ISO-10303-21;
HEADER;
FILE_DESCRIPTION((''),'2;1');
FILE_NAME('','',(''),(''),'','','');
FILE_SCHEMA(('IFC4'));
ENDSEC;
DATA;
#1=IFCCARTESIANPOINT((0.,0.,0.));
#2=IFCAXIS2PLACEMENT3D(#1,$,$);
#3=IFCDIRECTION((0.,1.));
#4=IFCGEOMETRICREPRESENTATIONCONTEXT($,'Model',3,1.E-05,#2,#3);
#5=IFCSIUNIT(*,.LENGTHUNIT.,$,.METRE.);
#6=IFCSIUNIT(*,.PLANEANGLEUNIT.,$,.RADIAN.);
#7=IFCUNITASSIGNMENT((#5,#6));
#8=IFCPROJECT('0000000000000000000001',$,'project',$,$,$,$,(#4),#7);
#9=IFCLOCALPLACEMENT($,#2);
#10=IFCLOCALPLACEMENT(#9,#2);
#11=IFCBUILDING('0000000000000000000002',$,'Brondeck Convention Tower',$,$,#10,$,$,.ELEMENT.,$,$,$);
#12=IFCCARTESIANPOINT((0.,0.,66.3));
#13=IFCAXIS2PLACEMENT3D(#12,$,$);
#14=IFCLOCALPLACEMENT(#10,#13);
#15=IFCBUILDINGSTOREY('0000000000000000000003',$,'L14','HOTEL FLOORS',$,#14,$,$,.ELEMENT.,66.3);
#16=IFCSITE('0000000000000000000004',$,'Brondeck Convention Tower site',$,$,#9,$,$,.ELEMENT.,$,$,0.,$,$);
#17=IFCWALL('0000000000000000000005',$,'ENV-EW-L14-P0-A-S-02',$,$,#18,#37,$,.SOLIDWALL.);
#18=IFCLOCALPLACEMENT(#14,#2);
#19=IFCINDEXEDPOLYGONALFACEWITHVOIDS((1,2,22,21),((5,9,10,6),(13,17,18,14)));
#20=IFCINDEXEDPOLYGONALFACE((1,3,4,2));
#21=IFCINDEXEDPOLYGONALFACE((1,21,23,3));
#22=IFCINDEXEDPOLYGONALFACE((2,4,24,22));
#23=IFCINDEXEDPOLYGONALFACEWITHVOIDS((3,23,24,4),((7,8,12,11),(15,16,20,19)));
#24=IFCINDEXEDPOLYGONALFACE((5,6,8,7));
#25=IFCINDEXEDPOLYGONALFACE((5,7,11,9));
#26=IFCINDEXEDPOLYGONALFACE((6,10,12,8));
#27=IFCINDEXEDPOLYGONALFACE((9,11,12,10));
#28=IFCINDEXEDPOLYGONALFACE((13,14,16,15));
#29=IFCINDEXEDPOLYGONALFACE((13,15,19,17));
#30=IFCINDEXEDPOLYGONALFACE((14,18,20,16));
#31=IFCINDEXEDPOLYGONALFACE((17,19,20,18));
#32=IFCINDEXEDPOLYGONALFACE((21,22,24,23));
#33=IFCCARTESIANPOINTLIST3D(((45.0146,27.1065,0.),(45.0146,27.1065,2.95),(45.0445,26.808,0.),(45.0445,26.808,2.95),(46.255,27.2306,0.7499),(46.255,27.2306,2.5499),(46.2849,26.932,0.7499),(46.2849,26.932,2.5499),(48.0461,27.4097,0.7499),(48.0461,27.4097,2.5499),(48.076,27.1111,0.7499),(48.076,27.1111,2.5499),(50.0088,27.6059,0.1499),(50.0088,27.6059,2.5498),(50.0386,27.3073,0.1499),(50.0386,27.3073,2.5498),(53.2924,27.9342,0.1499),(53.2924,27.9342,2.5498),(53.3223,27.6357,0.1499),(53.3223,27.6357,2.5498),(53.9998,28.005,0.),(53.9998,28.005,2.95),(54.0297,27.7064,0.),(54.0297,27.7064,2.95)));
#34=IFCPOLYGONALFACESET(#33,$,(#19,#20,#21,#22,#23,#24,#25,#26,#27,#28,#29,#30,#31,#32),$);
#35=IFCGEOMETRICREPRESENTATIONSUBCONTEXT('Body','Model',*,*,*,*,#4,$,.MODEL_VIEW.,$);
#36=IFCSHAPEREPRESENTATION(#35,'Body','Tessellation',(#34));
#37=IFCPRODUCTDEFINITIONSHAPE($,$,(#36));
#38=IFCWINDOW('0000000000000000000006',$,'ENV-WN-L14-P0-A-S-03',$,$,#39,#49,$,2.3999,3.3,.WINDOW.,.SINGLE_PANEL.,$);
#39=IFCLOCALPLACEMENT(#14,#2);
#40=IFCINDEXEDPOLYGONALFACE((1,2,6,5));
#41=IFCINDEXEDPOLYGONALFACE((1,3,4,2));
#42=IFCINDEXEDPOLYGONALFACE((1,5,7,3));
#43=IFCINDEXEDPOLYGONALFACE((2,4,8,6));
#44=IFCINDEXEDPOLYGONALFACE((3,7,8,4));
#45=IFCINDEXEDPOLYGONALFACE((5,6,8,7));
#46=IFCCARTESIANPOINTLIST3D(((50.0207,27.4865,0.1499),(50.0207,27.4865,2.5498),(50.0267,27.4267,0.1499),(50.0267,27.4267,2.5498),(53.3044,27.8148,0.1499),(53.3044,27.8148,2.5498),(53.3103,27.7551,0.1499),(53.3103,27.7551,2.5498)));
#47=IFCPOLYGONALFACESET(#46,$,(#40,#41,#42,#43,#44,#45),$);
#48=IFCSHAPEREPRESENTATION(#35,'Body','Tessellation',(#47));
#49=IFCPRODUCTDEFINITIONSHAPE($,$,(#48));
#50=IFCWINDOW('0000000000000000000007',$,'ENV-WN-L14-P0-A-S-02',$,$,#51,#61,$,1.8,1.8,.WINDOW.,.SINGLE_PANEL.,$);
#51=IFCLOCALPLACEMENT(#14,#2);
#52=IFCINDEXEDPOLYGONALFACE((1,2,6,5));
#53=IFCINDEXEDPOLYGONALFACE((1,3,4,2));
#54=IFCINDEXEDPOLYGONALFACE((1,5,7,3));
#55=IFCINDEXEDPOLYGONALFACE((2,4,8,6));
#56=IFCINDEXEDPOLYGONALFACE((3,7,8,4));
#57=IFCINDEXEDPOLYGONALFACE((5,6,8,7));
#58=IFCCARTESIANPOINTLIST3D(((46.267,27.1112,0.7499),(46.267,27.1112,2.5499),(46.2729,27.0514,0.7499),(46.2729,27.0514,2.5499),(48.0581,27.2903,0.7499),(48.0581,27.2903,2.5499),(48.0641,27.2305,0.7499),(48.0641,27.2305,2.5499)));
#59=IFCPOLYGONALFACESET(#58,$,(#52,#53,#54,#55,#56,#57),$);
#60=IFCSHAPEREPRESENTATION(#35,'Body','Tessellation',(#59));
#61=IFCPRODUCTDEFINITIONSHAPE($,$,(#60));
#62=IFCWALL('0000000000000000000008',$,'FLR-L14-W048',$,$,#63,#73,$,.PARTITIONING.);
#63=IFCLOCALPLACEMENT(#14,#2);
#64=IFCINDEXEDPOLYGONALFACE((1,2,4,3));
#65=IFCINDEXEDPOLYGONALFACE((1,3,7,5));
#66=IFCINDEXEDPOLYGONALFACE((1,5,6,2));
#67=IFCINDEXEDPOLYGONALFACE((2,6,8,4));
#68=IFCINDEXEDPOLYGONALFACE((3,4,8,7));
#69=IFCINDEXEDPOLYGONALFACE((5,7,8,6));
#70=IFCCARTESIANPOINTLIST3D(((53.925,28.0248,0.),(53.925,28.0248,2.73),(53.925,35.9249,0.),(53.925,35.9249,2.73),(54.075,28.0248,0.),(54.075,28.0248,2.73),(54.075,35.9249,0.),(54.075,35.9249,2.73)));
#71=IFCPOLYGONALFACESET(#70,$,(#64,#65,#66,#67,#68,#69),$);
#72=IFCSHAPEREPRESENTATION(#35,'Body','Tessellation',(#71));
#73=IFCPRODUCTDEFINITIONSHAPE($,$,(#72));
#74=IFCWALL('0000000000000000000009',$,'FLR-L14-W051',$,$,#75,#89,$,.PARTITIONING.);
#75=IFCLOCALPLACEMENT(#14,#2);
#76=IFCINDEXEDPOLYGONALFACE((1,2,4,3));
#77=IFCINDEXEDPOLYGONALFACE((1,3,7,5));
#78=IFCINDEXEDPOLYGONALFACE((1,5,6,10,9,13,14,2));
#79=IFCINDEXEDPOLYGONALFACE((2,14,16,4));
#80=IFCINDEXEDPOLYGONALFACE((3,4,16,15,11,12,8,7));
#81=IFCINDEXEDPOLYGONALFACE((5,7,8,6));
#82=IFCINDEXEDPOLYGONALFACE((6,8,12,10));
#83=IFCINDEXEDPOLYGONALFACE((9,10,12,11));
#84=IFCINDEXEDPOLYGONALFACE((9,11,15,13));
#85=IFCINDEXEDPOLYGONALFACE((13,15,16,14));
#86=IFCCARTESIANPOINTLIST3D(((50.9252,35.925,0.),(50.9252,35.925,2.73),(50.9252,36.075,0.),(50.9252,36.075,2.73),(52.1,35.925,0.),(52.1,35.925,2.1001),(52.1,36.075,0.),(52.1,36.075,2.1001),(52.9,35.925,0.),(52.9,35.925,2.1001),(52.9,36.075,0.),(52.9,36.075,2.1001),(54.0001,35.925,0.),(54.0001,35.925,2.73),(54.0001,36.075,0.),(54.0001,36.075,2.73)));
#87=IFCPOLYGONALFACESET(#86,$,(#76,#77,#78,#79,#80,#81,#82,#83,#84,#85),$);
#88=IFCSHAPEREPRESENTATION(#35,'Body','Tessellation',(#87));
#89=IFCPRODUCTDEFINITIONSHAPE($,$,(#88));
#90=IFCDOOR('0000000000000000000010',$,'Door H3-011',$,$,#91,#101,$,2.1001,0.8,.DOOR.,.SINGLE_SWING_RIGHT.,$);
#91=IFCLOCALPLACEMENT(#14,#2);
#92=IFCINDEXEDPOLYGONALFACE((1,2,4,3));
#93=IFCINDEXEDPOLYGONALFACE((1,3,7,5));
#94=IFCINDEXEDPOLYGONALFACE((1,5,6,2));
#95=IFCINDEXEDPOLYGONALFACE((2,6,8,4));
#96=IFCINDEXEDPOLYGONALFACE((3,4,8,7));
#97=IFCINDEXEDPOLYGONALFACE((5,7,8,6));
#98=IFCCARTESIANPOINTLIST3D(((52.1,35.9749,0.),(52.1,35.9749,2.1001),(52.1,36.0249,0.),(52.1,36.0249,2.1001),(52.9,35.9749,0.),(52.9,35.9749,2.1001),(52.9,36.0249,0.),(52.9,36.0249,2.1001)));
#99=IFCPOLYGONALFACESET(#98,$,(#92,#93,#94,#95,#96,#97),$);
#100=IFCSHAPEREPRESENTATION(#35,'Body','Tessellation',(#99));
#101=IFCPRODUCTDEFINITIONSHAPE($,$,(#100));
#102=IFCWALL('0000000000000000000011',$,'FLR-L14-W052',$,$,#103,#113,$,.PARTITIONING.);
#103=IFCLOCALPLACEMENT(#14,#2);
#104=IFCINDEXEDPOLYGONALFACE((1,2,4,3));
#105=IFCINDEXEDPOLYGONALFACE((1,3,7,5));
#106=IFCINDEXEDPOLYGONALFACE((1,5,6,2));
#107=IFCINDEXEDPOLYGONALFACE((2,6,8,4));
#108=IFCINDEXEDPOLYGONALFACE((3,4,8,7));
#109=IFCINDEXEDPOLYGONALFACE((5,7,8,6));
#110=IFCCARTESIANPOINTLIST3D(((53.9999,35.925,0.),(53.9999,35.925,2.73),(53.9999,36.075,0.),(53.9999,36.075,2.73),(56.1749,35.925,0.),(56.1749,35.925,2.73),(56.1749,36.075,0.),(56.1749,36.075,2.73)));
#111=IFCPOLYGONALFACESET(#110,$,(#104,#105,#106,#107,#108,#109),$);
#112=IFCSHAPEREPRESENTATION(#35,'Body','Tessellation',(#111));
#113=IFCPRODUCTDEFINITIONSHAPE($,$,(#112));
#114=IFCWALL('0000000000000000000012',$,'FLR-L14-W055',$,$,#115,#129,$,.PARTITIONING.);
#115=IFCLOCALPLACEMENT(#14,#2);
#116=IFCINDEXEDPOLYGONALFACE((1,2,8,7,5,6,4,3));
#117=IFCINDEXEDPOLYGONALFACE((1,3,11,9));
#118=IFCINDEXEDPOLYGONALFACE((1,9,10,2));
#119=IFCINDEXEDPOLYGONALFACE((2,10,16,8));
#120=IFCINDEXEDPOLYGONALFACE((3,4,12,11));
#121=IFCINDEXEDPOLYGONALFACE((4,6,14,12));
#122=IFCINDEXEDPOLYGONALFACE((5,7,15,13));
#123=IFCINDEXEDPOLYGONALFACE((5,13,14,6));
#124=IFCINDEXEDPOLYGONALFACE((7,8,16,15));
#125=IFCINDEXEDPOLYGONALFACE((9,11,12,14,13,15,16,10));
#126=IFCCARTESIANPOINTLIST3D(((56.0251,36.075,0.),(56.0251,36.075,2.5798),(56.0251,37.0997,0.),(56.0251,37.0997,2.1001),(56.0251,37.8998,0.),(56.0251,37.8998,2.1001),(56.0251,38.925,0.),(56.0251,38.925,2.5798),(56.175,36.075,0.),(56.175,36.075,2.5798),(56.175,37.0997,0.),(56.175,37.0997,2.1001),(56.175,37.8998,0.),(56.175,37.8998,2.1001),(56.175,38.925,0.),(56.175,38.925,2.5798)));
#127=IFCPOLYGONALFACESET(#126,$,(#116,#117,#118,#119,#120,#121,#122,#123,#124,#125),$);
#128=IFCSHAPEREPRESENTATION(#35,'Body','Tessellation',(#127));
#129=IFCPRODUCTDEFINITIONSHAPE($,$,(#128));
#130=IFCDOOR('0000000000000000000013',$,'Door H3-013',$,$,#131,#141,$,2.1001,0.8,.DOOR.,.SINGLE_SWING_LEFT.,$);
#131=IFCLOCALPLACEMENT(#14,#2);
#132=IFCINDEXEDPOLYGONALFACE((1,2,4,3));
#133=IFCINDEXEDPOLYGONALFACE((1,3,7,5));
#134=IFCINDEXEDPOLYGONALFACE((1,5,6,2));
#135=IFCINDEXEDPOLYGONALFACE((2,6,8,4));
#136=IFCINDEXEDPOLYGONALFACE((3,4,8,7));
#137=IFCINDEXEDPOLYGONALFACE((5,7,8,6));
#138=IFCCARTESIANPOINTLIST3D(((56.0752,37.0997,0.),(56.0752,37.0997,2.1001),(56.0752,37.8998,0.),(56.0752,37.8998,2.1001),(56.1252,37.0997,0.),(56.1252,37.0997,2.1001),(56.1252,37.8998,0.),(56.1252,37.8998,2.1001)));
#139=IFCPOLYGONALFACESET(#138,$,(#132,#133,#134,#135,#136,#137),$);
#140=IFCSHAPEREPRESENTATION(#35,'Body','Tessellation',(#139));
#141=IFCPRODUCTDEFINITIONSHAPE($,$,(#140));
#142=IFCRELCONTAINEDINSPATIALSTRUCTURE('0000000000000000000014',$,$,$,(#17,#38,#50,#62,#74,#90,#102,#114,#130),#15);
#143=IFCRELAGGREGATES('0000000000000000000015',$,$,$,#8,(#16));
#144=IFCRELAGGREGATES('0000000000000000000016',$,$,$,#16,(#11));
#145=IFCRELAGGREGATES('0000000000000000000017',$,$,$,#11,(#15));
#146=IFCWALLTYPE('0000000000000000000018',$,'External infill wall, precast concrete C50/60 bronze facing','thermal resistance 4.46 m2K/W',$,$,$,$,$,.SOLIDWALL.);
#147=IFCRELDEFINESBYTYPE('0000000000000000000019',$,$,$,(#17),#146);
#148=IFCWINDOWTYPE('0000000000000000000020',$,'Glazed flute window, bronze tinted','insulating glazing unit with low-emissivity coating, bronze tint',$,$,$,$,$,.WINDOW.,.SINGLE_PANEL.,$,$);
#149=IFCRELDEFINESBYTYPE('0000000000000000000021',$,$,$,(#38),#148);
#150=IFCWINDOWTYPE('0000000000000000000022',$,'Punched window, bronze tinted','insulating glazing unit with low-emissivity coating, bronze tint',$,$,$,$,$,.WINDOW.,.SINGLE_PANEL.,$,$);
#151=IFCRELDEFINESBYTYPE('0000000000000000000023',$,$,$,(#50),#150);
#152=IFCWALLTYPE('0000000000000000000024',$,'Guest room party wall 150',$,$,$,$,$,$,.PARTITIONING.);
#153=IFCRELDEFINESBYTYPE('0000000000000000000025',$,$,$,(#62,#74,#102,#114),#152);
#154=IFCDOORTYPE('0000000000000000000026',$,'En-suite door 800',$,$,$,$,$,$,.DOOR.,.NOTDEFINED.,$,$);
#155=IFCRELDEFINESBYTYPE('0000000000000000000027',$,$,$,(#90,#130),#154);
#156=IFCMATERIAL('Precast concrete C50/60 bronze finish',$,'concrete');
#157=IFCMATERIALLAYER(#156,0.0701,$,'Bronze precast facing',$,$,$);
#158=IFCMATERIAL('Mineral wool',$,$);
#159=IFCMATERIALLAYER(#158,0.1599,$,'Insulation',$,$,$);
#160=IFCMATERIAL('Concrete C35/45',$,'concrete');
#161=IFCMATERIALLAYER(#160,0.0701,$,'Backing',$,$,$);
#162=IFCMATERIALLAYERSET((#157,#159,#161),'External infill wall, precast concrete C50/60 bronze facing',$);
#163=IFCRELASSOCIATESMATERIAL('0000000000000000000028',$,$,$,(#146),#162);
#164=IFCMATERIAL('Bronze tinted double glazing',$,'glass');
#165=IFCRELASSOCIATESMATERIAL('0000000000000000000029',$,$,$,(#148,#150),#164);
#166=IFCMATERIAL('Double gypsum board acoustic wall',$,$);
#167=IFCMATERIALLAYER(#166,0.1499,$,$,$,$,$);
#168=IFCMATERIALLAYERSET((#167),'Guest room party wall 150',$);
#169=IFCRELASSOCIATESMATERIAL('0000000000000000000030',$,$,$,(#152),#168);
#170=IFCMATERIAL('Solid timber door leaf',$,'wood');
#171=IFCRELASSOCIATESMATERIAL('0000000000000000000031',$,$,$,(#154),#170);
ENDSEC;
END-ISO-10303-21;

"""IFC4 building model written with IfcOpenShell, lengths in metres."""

from ifc_helpers import new_model, si_unit, direction, frame, frame_2d, origin, place, context, subcontext, project, spatial, rectangle, extrude, material, layer, layer_set, type_object, element, fill, save


model = new_model("IFC4")

# Units and contexts
model_context = context("Model", 3, precision=1e-05, world=origin(), true_north=direction((0.0, 1.0)))
body_context = subcontext(model_context, "Body", "Model", "MODEL_VIEW")
ifc_project = project(units=[si_unit("LENGTHUNIT", "METRE"), si_unit("PLANEANGLEUNIT", "RADIAN")], contexts=[model_context])

# Site, building, storey
site_placement = place(None, origin())
site = spatial("IfcSite", under=ifc_project, at=site_placement, Name="Brondeck Convention Tower site", CompositionType="ELEMENT", RefElevation=0.0)
building_placement = place(site_placement, origin())
building = spatial("IfcBuilding", under=site, at=building_placement, Name="Brondeck Convention Tower", CompositionType="ELEMENT")
storey_placement = place(building_placement, frame((0.0, 0.0, 66.3)))
storey = spatial("IfcBuildingStorey", under=building, at=storey_placement, Name="L14", Description="HOTEL FLOORS", CompositionType="ELEMENT", Elevation=66.3)

# Wall, openings, windows
ifc_material_1 = material(Name="Precast concrete C50/60 bronze finish", Category="concrete")
ifc_layer_1 = layer(ifc_material_1, 0.0701, Name="Bronze precast facing")
ifc_material_2 = material(Name="Mineral wool")
ifc_layer_2 = layer(ifc_material_2, 0.1599, Name="Insulation")
ifc_material_3 = material(Name="Concrete C35/45", Category="concrete")
ifc_layer_3 = layer(ifc_material_3, 0.0701, Name="Backing")
ifc_layer_set_1 = layer_set([ifc_layer_1, ifc_layer_2, ifc_layer_3], Name="External infill wall, precast concrete C50/60 bronze facing")
wall_type_1 = type_object("IfcWallType", Name="External infill wall, precast concrete C50/60 bronze facing", Description="thermal resistance 4.46 m2K/W", PredefinedType="SOLIDWALL", material=ifc_layer_set_1)
ifc_material_4 = material(Name="Bronze tinted double glazing", Category="glass")
window_type_1 = type_object("IfcWindowType", Name="Glazed flute window, bronze tinted", Description="insulating glazing unit with low-emissivity coating, bronze tint", PartitioningType="SINGLE_PANEL", PredefinedType="WINDOW", material=ifc_material_4)
window_type_2 = type_object("IfcWindowType", Name="Punched window, bronze tinted", Description="insulating glazing unit with low-emissivity coating, bronze tint", PartitioningType="SINGLE_PANEL", PredefinedType="WINDOW", material=ifc_material_4)
wall_1_placement = place(storey_placement, frame((54.0149, 27.8557, 0.0), z_axis=(0.0, 0.0, 1.0), x_axis=(-0.995038, -0.099496, 0.0)))
wall_1 = element("IfcWall", 1, at=wall_1_placement, inside=storey, type_object=wall_type_1, Name="ENV-EW-L14-P0-A-S-02", PredefinedType="SOLIDWALL", context=body_context, shape_type="SweptSolid", body=[
    extrude(rectangle(XDim=9.03, YDim=0.3, at=frame_2d((4.5151, 0.0))), origin(), (0.0, 0.0, 1.0), 2.95),
])
opening_1_placement = place(wall_1_placement, frame((0.7112, 0.0, 0.1499)))
opening_1 = element("IfcOpeningElement", 2, at=opening_1_placement, cuts=wall_1, PredefinedType="OPENING", context=body_context, shape_type="SweptSolid", body=[
    extrude(rectangle(XDim=3.3, YDim=2.3999, at=frame_2d((1.6499, 1.2))), frame((0.0, 0.1599, 0.0), z_axis=(0.0, -1.0, 0.0), x_axis=(1.0, 0.0, 0.0)), (0.0, 0.0, 1.0), 0.3201),
])
opening_2_placement = place(wall_1_placement, frame((5.9836, 0.0, 0.75)))
opening_2 = element("IfcOpeningElement", 3, at=opening_2_placement, cuts=wall_1, PredefinedType="OPENING", context=body_context, shape_type="SweptSolid", body=[
    extrude(rectangle(XDim=1.8, YDim=1.8, at=frame_2d((0.8999, 0.8999))), frame((0.0, 0.1599, 0.0), z_axis=(0.0, -1.0, 0.0), x_axis=(1.0, 0.0, 0.0)), (0.0, 0.0, 1.0), 0.3201),
])
window_1_placement = place(opening_1_placement, origin())
window_1 = element("IfcWindow", 4, at=window_1_placement, inside=storey, type_object=window_type_1, Name="ENV-WN-L14-P0-A-S-03", OverallHeight=2.3999, OverallWidth=3.3, PartitioningType="SINGLE_PANEL", PredefinedType="WINDOW", context=body_context, shape_type="SweptSolid", body=[
    extrude(rectangle(XDim=3.3, YDim=2.3999, at=frame_2d((1.6499, 1.2))), frame((0.0, 0.03, 0.0), z_axis=(0.0, -1.0, 0.0), x_axis=(1.0, 0.0, 0.0)), (0.0, 0.0, 1.0), 0.0601),
])
fill(opening_1, window_1)
window_2_placement = place(opening_2_placement, origin())
window_2 = element("IfcWindow", 5, at=window_2_placement, inside=storey, type_object=window_type_2, Name="ENV-WN-L14-P0-A-S-02", OverallHeight=1.8, OverallWidth=1.8, PartitioningType="SINGLE_PANEL", PredefinedType="WINDOW", context=body_context, shape_type="SweptSolid", body=[
    extrude(rectangle(XDim=1.8, YDim=1.8, at=frame_2d((0.8999, 0.8999))), frame((0.0, 0.03, 0.0), z_axis=(0.0, -1.0, 0.0), x_axis=(1.0, 0.0, 0.0)), (0.0, 0.0, 1.0), 0.0601),
])
fill(opening_2, window_2)

# Wall
ifc_material_5 = material(Name="Double gypsum board acoustic wall")
ifc_layer_4 = layer(ifc_material_5, 0.1499)
ifc_layer_set_2 = layer_set([ifc_layer_4], Name="Guest room party wall 150")
wall_type_2 = type_object("IfcWallType", Name="Guest room party wall 150", PredefinedType="PARTITIONING", material=ifc_layer_set_2)
wall_2_placement = place(storey_placement, frame((54.0, 35.925, 0.0), z_axis=(0.0, 0.0, 1.0), x_axis=(0.0, -1.0, 0.0)))
element("IfcWall", 6, at=wall_2_placement, inside=storey, type_object=wall_type_2, Name="FLR-L14-W048", PredefinedType="PARTITIONING", context=body_context, shape_type="SweptSolid", body=[
    extrude(rectangle(XDim=7.9001, YDim=0.1499, at=frame_2d((3.9502, 0.0))), origin(), (0.0, 0.0, 1.0), 2.73),
])

# Wall, opening, door
wall_3_placement = place(storey_placement, frame((50.925, 36.0, 0.0), z_axis=(0.0, 0.0, 1.0), x_axis=(1.0, 0.0, 0.0)))
wall_3 = element("IfcWall", 7, at=wall_3_placement, inside=storey, type_object=wall_type_2, Name="FLR-L14-W051", PredefinedType="PARTITIONING", context=body_context, shape_type="SweptSolid", body=[
    extrude(rectangle(XDim=3.075, YDim=0.1499, at=frame_2d((1.5376, 0.0))), origin(), (0.0, 0.0, 1.0), 2.73),
])
opening_3_placement = place(wall_3_placement, frame((1.175, 0.0, 0.0)))
opening_3 = element("IfcOpeningElement", 8, at=opening_3_placement, cuts=wall_3, PredefinedType="OPENING", context=body_context, shape_type="SweptSolid", body=[
    extrude(rectangle(XDim=0.8, YDim=2.1001, at=frame_2d((0.3999, 1.05))), frame((0.0, 0.085, 0.0), z_axis=(0.0, -1.0, 0.0), x_axis=(1.0, 0.0, 0.0)), (0.0, 0.0, 1.0), 0.1699),
])
ifc_material_6 = material(Name="Solid timber door leaf", Category="wood")
door_type = type_object("IfcDoorType", Name="En-suite door 800", OperationType="NOTDEFINED", PredefinedType="DOOR", material=ifc_material_6)
door_1_placement = place(opening_3_placement, origin())
door_1 = element("IfcDoor", 9, at=door_1_placement, inside=storey, type_object=door_type, Name="Door H3-011", OperationType="SINGLE_SWING_RIGHT", OverallHeight=2.1001, OverallWidth=0.8, PredefinedType="DOOR", context=body_context, shape_type="SweptSolid", body=[
    extrude(rectangle(XDim=0.8, YDim=2.1001, at=frame_2d((0.3999, 1.05))), frame((0.0, 0.0249, 0.0), z_axis=(0.0, -1.0, 0.0), x_axis=(1.0, 0.0, 0.0)), (0.0, 0.0, 1.0), 0.05),
])
fill(opening_3, door_1)

# Wall
wall_4_placement = place(storey_placement, frame((54.0, 36.0, 0.0), z_axis=(0.0, 0.0, 1.0), x_axis=(1.0, 0.0, 0.0)))
element("IfcWall", 10, at=wall_4_placement, inside=storey, type_object=wall_type_2, Name="FLR-L14-W052", PredefinedType="PARTITIONING", context=body_context, shape_type="SweptSolid", body=[
    extrude(rectangle(XDim=2.175, YDim=0.1499, at=frame_2d((1.0874, 0.0))), origin(), (0.0, 0.0, 1.0), 2.73),
])

# Wall, opening, door
wall_5_placement = place(storey_placement, frame((56.1001, 36.075, 0.0), z_axis=(0.0, 0.0, 1.0), x_axis=(0.0, 1.0, 0.0)))
wall_5 = element("IfcWall", 11, at=wall_5_placement, inside=storey, type_object=wall_type_2, Name="FLR-L14-W055", PredefinedType="PARTITIONING", context=body_context, shape_type="SweptSolid", body=[
    extrude(rectangle(XDim=2.8501, YDim=0.1499, at=frame_2d((1.425, 0.0))), origin(), (0.0, 0.0, 1.0), 2.5798),
])
opening_4_placement = place(wall_5_placement, frame((1.0249, 0.0, 0.0)))
opening_4 = element("IfcOpeningElement", 12, at=opening_4_placement, cuts=wall_5, PredefinedType="OPENING", context=body_context, shape_type="SweptSolid", body=[
    extrude(rectangle(XDim=0.8, YDim=2.1001, at=frame_2d((0.3999, 1.05))), frame((0.0, 0.085, 0.0), z_axis=(0.0, -1.0, 0.0), x_axis=(1.0, 0.0, 0.0)), (0.0, 0.0, 1.0), 0.1699),
])
door_2_placement = place(opening_4_placement, origin())
door_2 = element("IfcDoor", 13, at=door_2_placement, inside=storey, type_object=door_type, Name="Door H3-013", OperationType="SINGLE_SWING_LEFT", OverallHeight=2.1001, OverallWidth=0.8, PredefinedType="DOOR", context=body_context, shape_type="SweptSolid", body=[
    extrude(rectangle(XDim=0.8, YDim=2.1001, at=frame_2d((0.3999, 1.05))), frame((0.0, 0.0249, 0.0), z_axis=(0.0, -1.0, 0.0), x_axis=(1.0, 0.0, 0.0)), (0.0, 0.0, 1.0), 0.05),
])
fill(opening_4, door_2)

save(model, "model.ifc")
